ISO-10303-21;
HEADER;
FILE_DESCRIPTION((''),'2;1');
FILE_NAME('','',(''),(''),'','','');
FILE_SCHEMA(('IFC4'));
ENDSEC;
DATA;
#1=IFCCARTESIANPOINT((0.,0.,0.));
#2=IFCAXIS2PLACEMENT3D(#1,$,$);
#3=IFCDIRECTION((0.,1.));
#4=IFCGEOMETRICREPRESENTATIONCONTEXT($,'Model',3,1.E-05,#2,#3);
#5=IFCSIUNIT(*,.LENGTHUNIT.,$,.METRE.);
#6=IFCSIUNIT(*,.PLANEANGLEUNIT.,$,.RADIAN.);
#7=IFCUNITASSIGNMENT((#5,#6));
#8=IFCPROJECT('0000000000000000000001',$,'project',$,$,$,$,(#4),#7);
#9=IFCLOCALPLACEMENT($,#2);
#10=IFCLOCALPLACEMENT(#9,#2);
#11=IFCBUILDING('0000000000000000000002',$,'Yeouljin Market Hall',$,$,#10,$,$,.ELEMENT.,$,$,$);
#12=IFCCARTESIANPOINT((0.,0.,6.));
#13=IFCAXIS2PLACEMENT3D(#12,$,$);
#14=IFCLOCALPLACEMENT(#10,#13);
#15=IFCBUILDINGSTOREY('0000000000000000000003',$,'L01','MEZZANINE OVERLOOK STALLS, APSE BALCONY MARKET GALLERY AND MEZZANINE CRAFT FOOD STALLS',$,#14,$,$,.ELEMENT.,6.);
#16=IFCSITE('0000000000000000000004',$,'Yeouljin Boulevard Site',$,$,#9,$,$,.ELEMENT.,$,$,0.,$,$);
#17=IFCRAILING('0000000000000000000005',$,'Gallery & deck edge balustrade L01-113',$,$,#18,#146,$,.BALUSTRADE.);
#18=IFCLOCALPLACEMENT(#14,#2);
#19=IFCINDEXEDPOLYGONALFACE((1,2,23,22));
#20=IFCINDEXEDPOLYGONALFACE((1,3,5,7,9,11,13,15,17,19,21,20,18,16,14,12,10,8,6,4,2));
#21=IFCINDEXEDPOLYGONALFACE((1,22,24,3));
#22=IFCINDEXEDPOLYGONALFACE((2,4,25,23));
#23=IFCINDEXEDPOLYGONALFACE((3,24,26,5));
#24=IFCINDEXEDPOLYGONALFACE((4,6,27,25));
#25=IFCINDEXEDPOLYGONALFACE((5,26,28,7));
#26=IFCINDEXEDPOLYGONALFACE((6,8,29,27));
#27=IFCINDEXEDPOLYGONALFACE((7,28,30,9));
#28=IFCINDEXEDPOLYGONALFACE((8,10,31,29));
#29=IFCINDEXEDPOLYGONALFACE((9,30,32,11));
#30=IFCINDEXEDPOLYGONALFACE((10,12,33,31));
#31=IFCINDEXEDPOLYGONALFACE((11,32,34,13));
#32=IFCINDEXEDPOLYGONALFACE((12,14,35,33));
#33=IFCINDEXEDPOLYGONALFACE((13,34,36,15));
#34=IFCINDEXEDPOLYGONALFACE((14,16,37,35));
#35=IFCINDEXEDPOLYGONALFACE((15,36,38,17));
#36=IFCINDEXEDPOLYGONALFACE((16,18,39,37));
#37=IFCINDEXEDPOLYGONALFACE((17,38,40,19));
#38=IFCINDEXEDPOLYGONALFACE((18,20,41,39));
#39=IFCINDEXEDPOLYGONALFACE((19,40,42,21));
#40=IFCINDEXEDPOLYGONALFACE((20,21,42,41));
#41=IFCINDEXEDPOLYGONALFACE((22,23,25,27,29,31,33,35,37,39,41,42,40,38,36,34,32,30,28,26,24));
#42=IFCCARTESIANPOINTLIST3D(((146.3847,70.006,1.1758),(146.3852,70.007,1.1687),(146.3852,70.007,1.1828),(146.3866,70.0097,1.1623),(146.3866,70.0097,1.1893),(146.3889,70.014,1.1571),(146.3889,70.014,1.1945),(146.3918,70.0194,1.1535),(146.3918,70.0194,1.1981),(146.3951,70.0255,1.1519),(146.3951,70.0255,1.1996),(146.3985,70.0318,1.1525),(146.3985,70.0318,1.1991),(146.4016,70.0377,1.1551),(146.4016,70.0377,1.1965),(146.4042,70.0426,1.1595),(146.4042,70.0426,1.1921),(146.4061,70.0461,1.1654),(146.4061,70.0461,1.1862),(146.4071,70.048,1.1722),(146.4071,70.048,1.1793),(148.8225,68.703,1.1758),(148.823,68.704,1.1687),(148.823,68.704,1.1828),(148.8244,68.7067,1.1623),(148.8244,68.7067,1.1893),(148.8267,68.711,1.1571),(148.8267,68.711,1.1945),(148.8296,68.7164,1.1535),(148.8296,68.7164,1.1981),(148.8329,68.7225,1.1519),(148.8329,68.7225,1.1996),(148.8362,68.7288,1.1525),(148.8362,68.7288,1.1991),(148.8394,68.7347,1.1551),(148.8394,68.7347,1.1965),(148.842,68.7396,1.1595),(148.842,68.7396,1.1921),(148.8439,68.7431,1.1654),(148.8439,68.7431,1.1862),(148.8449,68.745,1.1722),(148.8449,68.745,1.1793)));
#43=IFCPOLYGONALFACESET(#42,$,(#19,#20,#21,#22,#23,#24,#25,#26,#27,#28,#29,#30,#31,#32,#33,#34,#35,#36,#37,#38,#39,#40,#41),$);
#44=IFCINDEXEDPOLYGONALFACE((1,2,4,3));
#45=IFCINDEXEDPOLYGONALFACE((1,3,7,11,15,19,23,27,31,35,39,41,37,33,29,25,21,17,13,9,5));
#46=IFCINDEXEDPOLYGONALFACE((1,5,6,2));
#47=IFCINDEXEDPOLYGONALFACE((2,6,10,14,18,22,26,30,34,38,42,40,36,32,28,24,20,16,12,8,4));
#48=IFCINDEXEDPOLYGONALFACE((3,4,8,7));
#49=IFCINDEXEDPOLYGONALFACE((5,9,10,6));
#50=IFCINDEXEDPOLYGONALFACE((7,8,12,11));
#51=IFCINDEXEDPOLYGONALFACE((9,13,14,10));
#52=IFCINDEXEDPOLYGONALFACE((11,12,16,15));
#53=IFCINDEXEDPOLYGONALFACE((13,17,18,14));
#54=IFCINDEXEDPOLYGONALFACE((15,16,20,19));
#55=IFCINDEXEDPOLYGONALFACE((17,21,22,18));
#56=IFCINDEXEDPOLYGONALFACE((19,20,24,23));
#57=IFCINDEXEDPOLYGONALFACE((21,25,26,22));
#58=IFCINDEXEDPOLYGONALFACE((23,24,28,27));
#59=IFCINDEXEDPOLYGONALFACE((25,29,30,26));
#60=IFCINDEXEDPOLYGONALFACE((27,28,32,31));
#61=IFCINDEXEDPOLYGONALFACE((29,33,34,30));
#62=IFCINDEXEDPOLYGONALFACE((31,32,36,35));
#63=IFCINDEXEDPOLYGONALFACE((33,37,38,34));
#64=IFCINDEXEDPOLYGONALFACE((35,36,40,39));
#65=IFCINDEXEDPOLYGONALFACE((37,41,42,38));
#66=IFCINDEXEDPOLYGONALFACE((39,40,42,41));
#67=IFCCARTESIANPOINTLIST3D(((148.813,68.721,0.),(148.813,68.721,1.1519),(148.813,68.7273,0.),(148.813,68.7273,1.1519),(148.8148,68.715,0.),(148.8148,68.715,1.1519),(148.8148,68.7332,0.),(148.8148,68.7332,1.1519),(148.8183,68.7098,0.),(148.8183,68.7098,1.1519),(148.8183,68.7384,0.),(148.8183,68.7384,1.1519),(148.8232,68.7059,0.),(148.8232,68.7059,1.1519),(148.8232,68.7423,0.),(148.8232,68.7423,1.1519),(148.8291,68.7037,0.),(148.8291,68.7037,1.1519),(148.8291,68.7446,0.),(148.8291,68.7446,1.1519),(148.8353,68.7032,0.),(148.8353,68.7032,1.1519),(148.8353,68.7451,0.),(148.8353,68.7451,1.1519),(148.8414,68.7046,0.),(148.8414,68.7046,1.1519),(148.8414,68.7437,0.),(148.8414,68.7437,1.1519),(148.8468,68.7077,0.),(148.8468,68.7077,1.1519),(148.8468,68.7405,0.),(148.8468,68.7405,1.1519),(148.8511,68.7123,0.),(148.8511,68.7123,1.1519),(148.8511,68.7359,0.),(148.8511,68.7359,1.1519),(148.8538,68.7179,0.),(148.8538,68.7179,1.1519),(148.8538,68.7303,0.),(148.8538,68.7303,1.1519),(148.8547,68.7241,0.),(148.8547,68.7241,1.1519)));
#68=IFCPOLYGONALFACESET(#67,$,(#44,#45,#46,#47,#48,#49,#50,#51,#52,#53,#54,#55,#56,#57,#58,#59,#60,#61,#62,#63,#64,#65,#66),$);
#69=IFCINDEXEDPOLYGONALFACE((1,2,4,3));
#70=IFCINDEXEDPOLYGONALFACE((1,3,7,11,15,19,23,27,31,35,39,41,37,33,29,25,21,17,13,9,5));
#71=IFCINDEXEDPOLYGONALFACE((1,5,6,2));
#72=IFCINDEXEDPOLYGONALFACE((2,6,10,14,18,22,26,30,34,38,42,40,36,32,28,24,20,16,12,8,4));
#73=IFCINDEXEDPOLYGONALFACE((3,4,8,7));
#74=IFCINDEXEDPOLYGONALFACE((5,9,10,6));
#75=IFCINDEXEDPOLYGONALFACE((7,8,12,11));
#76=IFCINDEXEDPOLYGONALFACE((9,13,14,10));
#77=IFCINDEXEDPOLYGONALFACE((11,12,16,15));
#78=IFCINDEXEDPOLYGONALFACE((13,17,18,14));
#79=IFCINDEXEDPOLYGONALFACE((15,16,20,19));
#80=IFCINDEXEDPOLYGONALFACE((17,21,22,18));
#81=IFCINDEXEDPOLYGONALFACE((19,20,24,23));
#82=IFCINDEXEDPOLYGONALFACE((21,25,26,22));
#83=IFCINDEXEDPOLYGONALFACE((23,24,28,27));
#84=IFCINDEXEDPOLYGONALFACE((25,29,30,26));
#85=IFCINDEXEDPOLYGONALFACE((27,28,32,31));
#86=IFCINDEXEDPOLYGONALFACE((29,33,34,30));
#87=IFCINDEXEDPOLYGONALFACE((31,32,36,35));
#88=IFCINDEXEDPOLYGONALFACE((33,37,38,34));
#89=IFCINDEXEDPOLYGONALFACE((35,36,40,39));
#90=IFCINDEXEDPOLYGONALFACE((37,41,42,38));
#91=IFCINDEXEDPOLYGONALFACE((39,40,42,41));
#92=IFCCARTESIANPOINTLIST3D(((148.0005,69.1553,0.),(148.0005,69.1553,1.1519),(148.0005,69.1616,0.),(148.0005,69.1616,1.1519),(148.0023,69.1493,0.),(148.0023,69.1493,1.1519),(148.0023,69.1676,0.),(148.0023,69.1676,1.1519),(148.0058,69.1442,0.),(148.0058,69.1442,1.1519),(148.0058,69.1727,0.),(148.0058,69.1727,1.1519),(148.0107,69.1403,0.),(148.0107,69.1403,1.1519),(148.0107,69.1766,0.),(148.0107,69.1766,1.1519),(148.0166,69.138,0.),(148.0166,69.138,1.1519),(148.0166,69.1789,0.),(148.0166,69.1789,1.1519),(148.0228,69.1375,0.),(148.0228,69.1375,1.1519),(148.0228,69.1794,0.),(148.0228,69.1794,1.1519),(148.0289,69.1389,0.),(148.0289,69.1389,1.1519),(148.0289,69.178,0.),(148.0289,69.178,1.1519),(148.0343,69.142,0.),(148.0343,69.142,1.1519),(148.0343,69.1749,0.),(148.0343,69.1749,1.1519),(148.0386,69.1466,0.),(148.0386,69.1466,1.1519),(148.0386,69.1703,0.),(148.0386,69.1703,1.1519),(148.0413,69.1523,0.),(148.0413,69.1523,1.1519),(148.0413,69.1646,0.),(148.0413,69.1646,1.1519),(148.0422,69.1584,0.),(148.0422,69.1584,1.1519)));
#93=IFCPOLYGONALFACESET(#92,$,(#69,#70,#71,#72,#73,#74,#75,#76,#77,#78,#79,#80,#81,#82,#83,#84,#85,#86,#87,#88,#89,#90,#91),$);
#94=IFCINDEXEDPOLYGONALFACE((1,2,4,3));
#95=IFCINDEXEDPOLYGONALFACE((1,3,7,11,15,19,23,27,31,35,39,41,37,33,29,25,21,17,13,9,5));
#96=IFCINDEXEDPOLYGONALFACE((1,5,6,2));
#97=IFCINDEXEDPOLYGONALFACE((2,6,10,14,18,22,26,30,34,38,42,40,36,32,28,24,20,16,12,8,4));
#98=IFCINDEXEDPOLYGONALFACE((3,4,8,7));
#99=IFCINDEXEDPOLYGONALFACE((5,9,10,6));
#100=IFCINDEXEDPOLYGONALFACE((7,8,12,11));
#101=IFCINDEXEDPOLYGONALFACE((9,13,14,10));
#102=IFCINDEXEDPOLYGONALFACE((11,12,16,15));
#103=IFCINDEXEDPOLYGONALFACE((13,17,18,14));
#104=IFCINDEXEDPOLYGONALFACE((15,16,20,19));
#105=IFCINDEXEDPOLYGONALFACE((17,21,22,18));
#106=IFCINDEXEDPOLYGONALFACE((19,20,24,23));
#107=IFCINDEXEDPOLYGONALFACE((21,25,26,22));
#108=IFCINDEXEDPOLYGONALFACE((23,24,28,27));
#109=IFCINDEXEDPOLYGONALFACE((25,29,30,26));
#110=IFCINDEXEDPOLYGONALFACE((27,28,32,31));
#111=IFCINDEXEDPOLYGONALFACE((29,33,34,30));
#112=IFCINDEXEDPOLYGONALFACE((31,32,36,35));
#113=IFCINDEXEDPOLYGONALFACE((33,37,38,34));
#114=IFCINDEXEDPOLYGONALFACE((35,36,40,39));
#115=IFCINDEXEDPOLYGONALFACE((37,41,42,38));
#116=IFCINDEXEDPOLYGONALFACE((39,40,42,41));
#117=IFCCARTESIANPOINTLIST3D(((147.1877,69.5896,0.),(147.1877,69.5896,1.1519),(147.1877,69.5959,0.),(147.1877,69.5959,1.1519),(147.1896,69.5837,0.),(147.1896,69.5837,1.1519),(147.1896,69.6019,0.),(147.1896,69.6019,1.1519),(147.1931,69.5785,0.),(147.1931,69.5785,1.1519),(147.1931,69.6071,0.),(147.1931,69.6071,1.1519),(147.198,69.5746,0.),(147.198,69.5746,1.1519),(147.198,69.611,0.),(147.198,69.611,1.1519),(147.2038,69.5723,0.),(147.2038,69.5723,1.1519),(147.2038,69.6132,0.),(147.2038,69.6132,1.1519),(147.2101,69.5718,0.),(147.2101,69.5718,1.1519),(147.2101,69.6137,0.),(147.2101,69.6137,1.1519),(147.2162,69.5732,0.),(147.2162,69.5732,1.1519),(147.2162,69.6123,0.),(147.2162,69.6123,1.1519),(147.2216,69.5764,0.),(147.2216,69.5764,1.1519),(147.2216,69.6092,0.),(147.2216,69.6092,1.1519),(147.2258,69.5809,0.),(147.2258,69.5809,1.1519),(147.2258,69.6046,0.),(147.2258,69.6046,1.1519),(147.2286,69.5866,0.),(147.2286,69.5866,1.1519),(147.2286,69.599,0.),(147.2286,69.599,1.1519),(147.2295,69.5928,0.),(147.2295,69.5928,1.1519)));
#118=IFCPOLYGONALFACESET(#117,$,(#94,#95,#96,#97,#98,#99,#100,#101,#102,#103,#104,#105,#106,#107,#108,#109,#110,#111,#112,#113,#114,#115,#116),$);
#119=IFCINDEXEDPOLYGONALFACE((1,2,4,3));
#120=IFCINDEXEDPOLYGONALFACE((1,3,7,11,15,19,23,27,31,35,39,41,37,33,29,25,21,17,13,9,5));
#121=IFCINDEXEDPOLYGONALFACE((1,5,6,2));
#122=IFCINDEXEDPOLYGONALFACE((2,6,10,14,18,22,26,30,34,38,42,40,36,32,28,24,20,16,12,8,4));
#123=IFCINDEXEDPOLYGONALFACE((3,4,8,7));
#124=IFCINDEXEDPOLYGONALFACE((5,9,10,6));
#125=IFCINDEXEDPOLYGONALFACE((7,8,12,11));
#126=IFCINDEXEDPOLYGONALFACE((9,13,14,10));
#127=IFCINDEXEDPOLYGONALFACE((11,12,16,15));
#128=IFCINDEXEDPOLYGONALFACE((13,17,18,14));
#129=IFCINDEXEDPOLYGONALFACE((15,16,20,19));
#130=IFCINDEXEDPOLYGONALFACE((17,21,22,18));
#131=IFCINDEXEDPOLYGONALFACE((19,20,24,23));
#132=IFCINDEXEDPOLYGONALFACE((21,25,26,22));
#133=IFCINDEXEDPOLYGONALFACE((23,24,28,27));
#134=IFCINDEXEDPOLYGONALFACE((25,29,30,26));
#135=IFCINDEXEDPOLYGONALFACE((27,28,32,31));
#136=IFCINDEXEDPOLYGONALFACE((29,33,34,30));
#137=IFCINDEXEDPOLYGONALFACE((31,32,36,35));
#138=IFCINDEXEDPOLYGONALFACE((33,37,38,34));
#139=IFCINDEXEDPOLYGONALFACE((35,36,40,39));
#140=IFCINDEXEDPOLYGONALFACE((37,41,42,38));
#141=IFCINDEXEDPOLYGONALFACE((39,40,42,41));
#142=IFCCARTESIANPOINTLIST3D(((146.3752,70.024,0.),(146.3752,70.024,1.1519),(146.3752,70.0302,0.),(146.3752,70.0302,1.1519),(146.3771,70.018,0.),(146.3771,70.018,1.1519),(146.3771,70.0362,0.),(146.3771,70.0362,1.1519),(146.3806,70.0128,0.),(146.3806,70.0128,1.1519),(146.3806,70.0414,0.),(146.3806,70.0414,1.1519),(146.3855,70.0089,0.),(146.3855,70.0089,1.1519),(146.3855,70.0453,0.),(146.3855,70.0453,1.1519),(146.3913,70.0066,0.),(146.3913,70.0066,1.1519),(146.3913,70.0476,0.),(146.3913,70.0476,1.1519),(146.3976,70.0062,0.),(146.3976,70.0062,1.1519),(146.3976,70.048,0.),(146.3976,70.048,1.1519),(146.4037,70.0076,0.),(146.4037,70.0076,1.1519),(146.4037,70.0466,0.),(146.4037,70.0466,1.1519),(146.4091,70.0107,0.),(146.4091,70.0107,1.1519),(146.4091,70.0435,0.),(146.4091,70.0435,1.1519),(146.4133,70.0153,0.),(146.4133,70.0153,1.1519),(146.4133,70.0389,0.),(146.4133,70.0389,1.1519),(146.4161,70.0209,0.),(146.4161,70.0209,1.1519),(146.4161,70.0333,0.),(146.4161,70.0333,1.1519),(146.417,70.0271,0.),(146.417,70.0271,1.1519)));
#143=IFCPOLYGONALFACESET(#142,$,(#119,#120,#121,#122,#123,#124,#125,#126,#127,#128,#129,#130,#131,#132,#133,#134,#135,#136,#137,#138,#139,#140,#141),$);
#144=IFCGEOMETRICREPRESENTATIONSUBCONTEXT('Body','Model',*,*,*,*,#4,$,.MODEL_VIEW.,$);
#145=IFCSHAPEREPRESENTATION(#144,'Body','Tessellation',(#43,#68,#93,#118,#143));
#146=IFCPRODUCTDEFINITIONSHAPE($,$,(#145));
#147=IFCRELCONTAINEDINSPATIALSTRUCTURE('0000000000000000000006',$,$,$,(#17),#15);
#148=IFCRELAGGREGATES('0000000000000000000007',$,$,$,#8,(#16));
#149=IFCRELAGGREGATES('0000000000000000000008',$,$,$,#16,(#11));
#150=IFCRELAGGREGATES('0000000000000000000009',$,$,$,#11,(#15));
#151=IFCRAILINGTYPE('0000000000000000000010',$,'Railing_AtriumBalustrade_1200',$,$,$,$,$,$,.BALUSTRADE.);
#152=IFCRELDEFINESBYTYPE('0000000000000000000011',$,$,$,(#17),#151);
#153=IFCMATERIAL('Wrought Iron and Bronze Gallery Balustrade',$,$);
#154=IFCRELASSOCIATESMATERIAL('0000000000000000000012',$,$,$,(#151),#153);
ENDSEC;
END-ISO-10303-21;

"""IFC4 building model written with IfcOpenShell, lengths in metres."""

from ifc_helpers import new_model, si_unit, direction, frame, origin, origin_2d, place, context, subcontext, project, spatial, circle, extrude, material, type_object, element, save


model = new_model("IFC4")

# Units and contexts
model_context = context("Model", 3, precision=1e-05, world=origin(), true_north=direction((0.0, 1.0)))
body_context = subcontext(model_context, "Body", "Model", "MODEL_VIEW")
ifc_project = project(units=[si_unit("LENGTHUNIT", "METRE"), si_unit("PLANEANGLEUNIT", "RADIAN")], contexts=[model_context])

# Site, building, storey
site_placement = place(None, origin())
site = spatial("IfcSite", under=ifc_project, at=site_placement, Name="Yeouljin Boulevard Site", CompositionType="ELEMENT", RefElevation=0.0)
building_placement = place(site_placement, origin())
building = spatial("IfcBuilding", under=site, at=building_placement, Name="Yeouljin Market Hall", CompositionType="ELEMENT")
storey_placement = place(building_placement, frame((0.0, 0.0, 6.0)))
storey = spatial("IfcBuildingStorey", under=building, at=storey_placement, Name="L01", Description="MEZZANINE OVERLOOK STALLS, APSE BALCONY MARKET GALLERY AND MEZZANINE CRAFT FOOD STALLS", CompositionType="ELEMENT", Elevation=6.0)

# Railing
ifc_material_1 = material(Name="Wrought Iron and Bronze Gallery Balustrade")
railing_type = type_object("IfcRailingType", Name="Railing_AtriumBalustrade_1200", PredefinedType="BALUSTRADE", material=ifc_material_1)
railing_1_placement = place(storey_placement, frame((148.8337, 68.7241, 0.0)))
element("IfcRailing", 1, at=railing_1_placement, inside=storey, type_object=railing_type, Name="Gallery & deck edge balustrade L01-113", PredefinedType="BALUSTRADE", context=body_context, shape_type="SweptSolid", body=[
    extrude(circle(Radius=0.0239, at=origin_2d()), frame((0.0, 0.0, 1.1758), z_axis=(-0.881925, 0.47139, 0.0), x_axis=(-0.47139, -0.881925, 0.0)), (0.0, 0.0, 1.0), 2.7642),
    extrude(circle(Radius=0.021, at=origin_2d()), origin(), (0.0, 0.0, 1.0), 1.1519),
    extrude(circle(Radius=0.021, at=origin_2d()), frame((-0.8125, 0.4343, 0.0)), (0.0, 0.0, 1.0), 1.1519),
    extrude(circle(Radius=0.021, at=origin_2d()), frame((-1.6252, 0.8687, 0.0)), (0.0, 0.0, 1.0), 1.1519),
    extrude(circle(Radius=0.021, at=origin_2d()), frame((-2.4377, 1.303, 0.0)), (0.0, 0.0, 1.0), 1.1519),
])

save(model, "model.ifc")
